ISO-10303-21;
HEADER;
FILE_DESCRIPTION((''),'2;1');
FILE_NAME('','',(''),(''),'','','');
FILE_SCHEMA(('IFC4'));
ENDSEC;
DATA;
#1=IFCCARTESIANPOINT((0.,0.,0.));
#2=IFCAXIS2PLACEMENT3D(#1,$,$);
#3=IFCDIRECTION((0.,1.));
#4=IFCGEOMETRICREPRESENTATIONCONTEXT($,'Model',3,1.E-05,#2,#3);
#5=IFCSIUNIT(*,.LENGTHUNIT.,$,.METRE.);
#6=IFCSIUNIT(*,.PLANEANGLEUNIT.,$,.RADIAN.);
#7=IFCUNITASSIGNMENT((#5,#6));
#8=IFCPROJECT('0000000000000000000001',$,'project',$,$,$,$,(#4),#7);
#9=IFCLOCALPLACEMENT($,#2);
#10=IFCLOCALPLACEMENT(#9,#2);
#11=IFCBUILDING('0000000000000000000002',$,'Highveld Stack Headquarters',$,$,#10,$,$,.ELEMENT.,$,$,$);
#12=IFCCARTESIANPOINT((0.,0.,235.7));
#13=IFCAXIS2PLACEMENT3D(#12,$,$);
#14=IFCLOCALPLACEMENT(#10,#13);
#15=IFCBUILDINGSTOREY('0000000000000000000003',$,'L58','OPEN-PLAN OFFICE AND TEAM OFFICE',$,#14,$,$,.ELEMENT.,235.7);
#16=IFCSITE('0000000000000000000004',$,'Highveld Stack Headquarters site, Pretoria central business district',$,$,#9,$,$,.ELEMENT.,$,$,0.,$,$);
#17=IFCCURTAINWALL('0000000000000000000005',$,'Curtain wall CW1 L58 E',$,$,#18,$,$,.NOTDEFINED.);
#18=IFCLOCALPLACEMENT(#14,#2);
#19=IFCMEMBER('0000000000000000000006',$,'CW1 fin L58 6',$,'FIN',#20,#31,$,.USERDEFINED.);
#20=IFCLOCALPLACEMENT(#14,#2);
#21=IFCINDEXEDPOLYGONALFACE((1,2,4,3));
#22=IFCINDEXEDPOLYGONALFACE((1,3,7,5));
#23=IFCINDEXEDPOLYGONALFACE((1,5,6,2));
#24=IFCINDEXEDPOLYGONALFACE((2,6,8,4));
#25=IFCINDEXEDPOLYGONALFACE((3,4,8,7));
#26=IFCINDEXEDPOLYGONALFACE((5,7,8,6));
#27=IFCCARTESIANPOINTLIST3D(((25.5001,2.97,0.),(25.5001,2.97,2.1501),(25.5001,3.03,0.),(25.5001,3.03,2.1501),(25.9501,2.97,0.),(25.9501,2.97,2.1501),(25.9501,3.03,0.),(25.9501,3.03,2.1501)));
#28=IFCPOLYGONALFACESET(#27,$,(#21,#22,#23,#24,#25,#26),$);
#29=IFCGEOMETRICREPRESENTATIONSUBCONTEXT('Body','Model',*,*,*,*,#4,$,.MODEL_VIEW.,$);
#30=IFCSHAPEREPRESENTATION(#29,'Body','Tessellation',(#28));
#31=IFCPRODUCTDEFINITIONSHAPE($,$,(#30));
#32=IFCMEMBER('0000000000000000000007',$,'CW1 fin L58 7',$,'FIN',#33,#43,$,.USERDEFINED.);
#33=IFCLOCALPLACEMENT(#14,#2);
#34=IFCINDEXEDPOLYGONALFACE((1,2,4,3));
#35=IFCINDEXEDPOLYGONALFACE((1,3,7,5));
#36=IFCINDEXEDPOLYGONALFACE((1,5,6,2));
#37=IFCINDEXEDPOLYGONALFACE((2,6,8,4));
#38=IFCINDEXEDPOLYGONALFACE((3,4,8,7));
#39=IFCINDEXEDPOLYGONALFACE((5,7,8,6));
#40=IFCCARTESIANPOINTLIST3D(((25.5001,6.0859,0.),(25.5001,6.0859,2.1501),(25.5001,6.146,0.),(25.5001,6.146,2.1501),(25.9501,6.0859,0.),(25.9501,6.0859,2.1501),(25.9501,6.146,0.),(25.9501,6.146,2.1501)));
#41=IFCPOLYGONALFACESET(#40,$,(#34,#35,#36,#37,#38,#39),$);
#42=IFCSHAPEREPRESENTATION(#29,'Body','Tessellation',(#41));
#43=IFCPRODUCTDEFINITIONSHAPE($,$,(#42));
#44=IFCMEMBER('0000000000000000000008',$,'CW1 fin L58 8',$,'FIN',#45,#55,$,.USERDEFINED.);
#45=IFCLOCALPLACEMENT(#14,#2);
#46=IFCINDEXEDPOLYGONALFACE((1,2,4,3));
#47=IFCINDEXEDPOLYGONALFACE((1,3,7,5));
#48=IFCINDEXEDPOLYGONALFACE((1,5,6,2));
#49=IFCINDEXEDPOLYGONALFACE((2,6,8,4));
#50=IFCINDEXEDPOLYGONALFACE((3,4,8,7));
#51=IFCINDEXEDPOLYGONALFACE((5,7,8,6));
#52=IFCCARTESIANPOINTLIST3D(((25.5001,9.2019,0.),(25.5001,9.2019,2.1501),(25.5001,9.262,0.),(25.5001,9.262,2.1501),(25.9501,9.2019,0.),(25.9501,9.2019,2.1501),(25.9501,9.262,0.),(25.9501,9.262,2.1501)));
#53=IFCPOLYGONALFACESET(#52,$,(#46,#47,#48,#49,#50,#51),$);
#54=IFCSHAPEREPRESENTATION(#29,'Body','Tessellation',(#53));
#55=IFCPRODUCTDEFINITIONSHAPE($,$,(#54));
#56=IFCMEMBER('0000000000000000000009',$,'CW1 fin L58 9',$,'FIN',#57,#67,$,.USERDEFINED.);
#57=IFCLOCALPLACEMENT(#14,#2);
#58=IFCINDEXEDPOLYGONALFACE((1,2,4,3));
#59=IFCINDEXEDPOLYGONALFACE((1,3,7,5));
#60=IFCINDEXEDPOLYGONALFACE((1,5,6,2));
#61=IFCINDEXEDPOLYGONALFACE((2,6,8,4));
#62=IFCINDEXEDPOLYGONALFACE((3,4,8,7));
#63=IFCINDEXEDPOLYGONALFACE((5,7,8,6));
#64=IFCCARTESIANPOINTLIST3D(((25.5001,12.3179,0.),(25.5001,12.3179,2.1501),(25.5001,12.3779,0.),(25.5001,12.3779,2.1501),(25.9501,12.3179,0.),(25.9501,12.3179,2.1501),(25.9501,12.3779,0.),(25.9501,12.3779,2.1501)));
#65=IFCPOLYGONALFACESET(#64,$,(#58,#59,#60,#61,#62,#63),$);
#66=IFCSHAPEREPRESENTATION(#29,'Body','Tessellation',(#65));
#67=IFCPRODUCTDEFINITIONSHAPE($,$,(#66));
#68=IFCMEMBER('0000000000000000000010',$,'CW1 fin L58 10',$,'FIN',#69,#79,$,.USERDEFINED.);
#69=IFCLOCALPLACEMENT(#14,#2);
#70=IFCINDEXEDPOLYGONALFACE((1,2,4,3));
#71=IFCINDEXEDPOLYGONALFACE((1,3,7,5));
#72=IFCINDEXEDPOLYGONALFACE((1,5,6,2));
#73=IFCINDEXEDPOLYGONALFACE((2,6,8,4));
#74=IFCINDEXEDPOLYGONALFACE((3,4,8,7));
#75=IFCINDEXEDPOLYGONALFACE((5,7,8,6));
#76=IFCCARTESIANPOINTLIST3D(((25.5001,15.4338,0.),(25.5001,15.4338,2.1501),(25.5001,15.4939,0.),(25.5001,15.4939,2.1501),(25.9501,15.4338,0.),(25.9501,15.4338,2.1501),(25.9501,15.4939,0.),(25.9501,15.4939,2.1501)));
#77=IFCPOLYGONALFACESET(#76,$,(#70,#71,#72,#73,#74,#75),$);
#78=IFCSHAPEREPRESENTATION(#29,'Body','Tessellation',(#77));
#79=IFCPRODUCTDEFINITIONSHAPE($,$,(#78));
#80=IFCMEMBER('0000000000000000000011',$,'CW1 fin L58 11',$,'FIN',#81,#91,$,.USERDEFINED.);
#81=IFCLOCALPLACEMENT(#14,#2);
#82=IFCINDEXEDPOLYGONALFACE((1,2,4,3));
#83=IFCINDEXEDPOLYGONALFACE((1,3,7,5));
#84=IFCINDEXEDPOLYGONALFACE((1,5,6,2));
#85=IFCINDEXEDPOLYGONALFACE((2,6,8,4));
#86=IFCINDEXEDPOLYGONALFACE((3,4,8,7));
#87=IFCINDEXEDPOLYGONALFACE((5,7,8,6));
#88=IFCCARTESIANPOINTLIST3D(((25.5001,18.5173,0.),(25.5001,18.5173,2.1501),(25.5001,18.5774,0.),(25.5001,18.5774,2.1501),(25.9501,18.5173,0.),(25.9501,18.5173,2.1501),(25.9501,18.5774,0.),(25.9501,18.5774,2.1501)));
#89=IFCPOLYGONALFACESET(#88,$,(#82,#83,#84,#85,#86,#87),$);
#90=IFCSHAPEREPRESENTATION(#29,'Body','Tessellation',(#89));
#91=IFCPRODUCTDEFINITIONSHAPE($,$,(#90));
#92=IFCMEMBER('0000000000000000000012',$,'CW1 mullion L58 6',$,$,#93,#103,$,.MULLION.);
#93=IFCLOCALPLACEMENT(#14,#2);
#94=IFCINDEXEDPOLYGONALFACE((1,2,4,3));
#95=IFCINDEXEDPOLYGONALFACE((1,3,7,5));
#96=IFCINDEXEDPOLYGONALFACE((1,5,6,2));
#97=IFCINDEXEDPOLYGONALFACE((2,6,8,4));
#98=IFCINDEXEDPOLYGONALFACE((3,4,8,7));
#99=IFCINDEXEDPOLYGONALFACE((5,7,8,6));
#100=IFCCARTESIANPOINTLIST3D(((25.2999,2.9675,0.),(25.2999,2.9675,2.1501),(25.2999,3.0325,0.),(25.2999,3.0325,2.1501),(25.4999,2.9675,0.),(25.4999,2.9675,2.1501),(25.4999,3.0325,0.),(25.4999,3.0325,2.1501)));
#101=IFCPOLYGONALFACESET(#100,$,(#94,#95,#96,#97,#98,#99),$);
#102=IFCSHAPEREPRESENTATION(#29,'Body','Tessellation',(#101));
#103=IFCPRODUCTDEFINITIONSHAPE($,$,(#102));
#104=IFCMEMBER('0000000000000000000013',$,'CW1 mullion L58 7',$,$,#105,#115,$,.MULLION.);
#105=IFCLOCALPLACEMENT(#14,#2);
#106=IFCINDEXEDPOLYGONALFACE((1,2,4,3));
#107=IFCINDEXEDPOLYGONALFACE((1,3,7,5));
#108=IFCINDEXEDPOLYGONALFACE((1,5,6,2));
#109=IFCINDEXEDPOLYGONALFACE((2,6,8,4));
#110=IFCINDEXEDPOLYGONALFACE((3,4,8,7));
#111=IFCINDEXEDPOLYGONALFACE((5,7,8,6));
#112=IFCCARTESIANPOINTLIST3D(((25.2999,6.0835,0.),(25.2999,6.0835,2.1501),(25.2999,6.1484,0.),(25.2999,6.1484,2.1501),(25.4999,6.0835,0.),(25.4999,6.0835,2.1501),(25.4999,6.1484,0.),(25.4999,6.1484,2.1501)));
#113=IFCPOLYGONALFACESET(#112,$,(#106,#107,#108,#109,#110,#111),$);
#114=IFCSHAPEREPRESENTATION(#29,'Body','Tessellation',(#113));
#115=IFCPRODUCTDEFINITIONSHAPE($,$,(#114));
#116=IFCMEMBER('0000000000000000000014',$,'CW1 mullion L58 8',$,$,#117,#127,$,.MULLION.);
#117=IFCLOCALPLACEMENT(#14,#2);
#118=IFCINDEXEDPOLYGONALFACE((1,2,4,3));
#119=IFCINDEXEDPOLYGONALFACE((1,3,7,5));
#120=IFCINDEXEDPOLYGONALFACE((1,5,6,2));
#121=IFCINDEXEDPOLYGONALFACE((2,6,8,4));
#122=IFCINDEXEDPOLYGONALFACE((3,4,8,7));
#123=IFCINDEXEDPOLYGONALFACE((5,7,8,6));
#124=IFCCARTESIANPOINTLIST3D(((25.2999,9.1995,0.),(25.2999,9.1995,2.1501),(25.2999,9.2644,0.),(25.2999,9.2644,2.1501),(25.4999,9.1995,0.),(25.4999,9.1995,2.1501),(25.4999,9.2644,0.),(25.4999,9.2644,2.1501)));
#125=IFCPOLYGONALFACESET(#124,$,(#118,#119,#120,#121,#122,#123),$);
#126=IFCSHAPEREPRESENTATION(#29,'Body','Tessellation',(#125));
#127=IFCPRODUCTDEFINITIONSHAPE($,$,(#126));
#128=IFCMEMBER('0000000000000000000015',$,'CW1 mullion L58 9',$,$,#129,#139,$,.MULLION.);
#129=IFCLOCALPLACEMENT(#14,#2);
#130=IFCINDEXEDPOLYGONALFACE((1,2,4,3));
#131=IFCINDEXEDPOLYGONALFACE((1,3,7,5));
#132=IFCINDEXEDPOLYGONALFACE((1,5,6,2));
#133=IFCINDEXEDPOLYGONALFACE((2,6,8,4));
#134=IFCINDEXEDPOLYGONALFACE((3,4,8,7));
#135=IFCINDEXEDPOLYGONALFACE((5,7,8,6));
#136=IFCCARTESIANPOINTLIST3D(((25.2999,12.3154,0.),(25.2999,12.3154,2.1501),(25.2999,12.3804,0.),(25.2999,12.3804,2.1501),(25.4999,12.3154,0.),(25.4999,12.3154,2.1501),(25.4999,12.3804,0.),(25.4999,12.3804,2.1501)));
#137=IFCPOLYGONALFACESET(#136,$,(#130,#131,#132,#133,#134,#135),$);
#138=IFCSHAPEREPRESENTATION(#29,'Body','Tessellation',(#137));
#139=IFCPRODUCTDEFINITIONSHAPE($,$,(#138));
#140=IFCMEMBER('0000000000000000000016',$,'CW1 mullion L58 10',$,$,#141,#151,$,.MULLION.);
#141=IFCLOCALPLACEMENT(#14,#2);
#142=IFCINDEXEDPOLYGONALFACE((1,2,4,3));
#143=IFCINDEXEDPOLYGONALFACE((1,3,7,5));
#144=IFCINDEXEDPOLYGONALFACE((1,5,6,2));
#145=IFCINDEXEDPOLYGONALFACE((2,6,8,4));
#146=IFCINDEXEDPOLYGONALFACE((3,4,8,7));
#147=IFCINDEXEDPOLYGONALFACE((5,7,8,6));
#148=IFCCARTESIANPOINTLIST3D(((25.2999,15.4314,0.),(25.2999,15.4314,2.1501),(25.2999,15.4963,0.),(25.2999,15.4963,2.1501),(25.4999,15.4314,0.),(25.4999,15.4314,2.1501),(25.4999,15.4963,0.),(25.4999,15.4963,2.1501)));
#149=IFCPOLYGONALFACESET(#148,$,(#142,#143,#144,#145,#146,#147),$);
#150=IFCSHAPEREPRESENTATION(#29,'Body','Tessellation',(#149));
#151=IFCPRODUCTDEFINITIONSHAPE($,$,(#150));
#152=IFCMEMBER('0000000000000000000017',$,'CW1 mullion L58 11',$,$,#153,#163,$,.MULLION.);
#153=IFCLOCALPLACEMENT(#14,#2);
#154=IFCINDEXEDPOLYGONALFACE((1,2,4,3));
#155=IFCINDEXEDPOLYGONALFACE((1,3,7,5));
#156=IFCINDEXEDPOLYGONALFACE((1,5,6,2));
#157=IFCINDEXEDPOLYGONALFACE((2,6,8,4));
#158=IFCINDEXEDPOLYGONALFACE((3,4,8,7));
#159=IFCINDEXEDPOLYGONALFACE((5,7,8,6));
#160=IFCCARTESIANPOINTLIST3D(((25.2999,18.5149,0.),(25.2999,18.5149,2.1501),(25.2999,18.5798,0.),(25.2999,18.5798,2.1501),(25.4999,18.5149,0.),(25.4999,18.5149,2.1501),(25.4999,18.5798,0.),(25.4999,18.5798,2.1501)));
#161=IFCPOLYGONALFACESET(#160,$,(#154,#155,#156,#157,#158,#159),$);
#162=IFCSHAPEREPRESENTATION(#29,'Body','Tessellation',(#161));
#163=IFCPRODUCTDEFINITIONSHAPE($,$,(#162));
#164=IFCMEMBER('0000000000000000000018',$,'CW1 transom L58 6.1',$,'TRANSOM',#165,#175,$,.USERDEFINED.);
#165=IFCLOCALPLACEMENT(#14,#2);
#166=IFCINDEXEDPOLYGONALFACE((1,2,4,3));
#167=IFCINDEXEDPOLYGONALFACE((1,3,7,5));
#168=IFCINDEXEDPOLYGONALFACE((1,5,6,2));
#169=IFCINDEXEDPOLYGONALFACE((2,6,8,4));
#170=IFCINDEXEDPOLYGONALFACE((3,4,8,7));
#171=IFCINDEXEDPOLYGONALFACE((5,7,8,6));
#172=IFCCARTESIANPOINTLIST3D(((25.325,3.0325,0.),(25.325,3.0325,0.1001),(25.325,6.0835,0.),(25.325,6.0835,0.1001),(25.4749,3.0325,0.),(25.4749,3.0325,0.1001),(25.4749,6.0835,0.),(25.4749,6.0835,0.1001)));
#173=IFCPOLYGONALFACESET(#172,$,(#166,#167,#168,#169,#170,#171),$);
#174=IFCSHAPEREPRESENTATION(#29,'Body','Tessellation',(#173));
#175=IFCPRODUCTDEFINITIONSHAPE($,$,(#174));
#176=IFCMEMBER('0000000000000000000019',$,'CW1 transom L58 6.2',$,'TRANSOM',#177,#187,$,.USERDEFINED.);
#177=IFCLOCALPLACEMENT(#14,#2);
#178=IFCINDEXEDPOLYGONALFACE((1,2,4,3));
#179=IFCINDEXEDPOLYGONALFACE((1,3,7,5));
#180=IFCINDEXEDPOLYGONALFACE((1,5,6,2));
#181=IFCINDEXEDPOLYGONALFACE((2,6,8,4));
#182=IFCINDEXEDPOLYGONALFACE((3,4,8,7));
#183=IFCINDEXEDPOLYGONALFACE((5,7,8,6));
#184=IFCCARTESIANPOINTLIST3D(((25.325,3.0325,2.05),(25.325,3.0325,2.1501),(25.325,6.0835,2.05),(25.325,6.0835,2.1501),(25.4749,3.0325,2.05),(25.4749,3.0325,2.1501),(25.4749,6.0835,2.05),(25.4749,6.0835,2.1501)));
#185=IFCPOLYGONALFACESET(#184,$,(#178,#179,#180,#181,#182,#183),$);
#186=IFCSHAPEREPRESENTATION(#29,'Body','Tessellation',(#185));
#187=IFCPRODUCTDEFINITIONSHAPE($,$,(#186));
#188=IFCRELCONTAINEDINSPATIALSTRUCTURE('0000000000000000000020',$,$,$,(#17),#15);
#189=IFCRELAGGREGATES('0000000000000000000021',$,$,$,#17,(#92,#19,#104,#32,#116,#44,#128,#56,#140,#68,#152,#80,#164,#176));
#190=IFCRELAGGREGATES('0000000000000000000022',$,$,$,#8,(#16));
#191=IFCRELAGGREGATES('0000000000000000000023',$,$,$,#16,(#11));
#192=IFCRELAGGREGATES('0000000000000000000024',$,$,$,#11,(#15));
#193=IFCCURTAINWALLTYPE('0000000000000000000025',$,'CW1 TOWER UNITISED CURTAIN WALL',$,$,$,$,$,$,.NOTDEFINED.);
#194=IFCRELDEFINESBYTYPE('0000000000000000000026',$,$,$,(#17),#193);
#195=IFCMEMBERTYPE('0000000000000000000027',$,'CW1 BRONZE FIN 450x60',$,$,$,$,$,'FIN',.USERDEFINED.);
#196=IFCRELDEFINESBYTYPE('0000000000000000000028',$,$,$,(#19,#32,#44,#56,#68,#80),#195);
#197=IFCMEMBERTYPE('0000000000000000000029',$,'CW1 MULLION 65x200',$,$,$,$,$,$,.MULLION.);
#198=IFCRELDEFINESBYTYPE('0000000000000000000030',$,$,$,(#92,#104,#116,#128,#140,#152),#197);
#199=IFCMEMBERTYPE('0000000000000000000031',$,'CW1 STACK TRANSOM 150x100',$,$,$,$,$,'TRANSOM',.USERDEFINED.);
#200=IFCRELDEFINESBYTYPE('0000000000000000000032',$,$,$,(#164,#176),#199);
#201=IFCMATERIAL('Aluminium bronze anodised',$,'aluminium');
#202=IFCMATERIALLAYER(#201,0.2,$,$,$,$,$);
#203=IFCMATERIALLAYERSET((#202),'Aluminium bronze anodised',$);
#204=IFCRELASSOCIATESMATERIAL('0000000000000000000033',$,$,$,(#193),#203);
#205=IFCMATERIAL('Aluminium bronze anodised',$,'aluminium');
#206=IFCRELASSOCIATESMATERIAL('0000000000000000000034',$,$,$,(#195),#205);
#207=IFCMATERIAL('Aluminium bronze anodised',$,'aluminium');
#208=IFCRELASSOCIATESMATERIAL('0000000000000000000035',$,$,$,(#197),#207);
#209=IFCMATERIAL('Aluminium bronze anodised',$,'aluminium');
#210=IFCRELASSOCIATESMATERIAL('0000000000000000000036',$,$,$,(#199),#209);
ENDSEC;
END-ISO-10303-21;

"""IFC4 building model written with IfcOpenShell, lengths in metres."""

from ifc_helpers import new_model, si_unit, direction, frame, origin, origin_2d, place, context, subcontext, project, spatial, rectangle, extrude, material, layer, layer_set, material_profile, profile_set, type_object, element, aggregate, save


model = new_model("IFC4")

# Units and contexts
model_context = context("Model", 3, precision=1e-05, world=origin(), true_north=direction((0.0, 1.0)))
body_context = subcontext(model_context, "Body", "Model", "MODEL_VIEW")
ifc_project = project(units=[si_unit("LENGTHUNIT", "METRE"), si_unit("PLANEANGLEUNIT", "RADIAN")], contexts=[model_context])

# Site, building, storey
site_placement = place(None, origin())
site = spatial("IfcSite", under=ifc_project, at=site_placement, Name="Highveld Stack Headquarters site, Pretoria central business district", CompositionType="ELEMENT", RefElevation=0.0)
building_placement = place(site_placement, origin())
building = spatial("IfcBuilding", under=site, at=building_placement, Name="Highveld Stack Headquarters", CompositionType="ELEMENT")
storey_placement = place(building_placement, frame((0.0, 0.0, 235.7)))
storey = spatial("IfcBuildingStorey", under=building, at=storey_placement, Name="L58", Description="OPEN-PLAN OFFICE AND TEAM OFFICE", CompositionType="ELEMENT", Elevation=235.7)

# Curtain wall, members
ifc_material_1 = material(Name="Aluminium bronze anodised", Category="aluminium")
ifc_layer_1 = layer(ifc_material_1, 0.2)
ifc_layer_set_1 = layer_set([ifc_layer_1], Name="Aluminium bronze anodised")
curtain_wall_type = type_object("IfcCurtainWallType", Name="CW1 TOWER UNITISED CURTAIN WALL", PredefinedType="NOTDEFINED", material=ifc_layer_set_1)
curtain_wall_placement = place(storey_placement, origin())
curtain_wall = element("IfcCurtainWall", 1, at=curtain_wall_placement, inside=storey, type_object=curtain_wall_type, Name="Curtain wall CW1 L58 E", PredefinedType="NOTDEFINED")
ifc_material_2 = material(Name="Aluminium bronze anodised", Category="aluminium")
ifc_material_profile_1 = material_profile(ifc_material_2, rectangle(XDim=0.45, YDim=0.0601, at=origin_2d()), Name="FIN 450x60")
ifc_profile_set_1 = profile_set([ifc_material_profile_1], Name="Aluminium bronze anodised")
member_type_1 = type_object("IfcMemberType", Name="CW1 BRONZE FIN 450x60", ElementType="FIN", PredefinedType="USERDEFINED", material=ifc_profile_set_1)
member_1_placement = place(storey_placement, frame((25.7251, 3.0, 0.0), z_axis=(0.0, 0.0, 1.0), x_axis=(-1.0, 0.0, 0.0)))
member_1 = element("IfcMember", 2, at=member_1_placement, type_object=member_type_1, Name="CW1 fin L58 6", ObjectType="FIN", PredefinedType="USERDEFINED", context=body_context, shape_type="SweptSolid", body=[
    extrude(rectangle(XDim=0.45, YDim=0.0601, at=origin_2d()), origin(), (0.0, 0.0, 1.0), 2.1501),
])
member_2_placement = place(storey_placement, frame((25.7251, 6.116, 0.0), z_axis=(0.0, 0.0, 1.0), x_axis=(-1.0, 0.0, 0.0)))
member_2 = element("IfcMember", 3, at=member_2_placement, type_object=member_type_1, Name="CW1 fin L58 7", ObjectType="FIN", PredefinedType="USERDEFINED", context=body_context, shape_type="SweptSolid", body=[
    extrude(rectangle(XDim=0.45, YDim=0.0601, at=origin_2d()), origin(), (0.0, 0.0, 1.0), 2.1501),
])
member_3_placement = place(storey_placement, frame((25.7251, 9.2319, 0.0), z_axis=(0.0, 0.0, 1.0), x_axis=(-1.0, 0.0, 0.0)))
member_3 = element("IfcMember", 4, at=member_3_placement, type_object=member_type_1, Name="CW1 fin L58 8", ObjectType="FIN", PredefinedType="USERDEFINED", context=body_context, shape_type="SweptSolid", body=[
    extrude(rectangle(XDim=0.45, YDim=0.0601, at=origin_2d()), origin(), (0.0, 0.0, 1.0), 2.1501),
])
member_4_placement = place(storey_placement, frame((25.7251, 12.3479, 0.0), z_axis=(0.0, 0.0, 1.0), x_axis=(-1.0, 0.0, 0.0)))
member_4 = element("IfcMember", 5, at=member_4_placement, type_object=member_type_1, Name="CW1 fin L58 9", ObjectType="FIN", PredefinedType="USERDEFINED", context=body_context, shape_type="SweptSolid", body=[
    extrude(rectangle(XDim=0.45, YDim=0.0601, at=origin_2d()), origin(), (0.0, 0.0, 1.0), 2.1501),
])
member_5_placement = place(storey_placement, frame((25.7251, 15.4639, 0.0), z_axis=(0.0, 0.0, 1.0), x_axis=(-1.0, 0.0, 0.0)))
member_5 = element("IfcMember", 6, at=member_5_placement, type_object=member_type_1, Name="CW1 fin L58 10", ObjectType="FIN", PredefinedType="USERDEFINED", context=body_context, shape_type="SweptSolid", body=[
    extrude(rectangle(XDim=0.45, YDim=0.0601, at=origin_2d()), origin(), (0.0, 0.0, 1.0), 2.1501),
])
member_6_placement = place(storey_placement, frame((25.7251, 18.5474, 0.0), z_axis=(0.0, 0.0, 1.0), x_axis=(-1.0, 0.0, 0.0)))
member_6 = element("IfcMember", 7, at=member_6_placement, type_object=member_type_1, Name="CW1 fin L58 11", ObjectType="FIN", PredefinedType="USERDEFINED", context=body_context, shape_type="SweptSolid", body=[
    extrude(rectangle(XDim=0.45, YDim=0.0601, at=origin_2d()), origin(), (0.0, 0.0, 1.0), 2.1501),
])
ifc_material_3 = material(Name="Aluminium bronze anodised", Category="aluminium")
ifc_material_profile_2 = material_profile(ifc_material_3, rectangle(XDim=0.2, YDim=0.0649, at=origin_2d()), Name="CW1 MULLION 65x200")
ifc_profile_set_2 = profile_set([ifc_material_profile_2], Name="Aluminium bronze anodised")
member_type_2 = type_object("IfcMemberType", Name="CW1 MULLION 65x200", PredefinedType="MULLION", material=ifc_profile_set_2)
member_7_placement = place(storey_placement, frame((25.3999, 3.0, 0.0), z_axis=(0.0, 0.0, 1.0), x_axis=(-1.0, 0.0, 0.0)))
member_7 = element("IfcMember", 8, at=member_7_placement, type_object=member_type_2, Name="CW1 mullion L58 6", PredefinedType="MULLION", context=body_context, shape_type="SweptSolid", body=[
    extrude(rectangle(XDim=0.2, YDim=0.0649, at=origin_2d()), origin(), (0.0, 0.0, 1.0), 2.1501),
])
member_8_placement = place(storey_placement, frame((25.3999, 6.116, 0.0), z_axis=(0.0, 0.0, 1.0), x_axis=(-1.0, 0.0, 0.0)))
member_8 = element("IfcMember", 9, at=member_8_placement, type_object=member_type_2, Name="CW1 mullion L58 7", PredefinedType="MULLION", context=body_context, shape_type="SweptSolid", body=[
    extrude(rectangle(XDim=0.2, YDim=0.0649, at=origin_2d()), origin(), (0.0, 0.0, 1.0), 2.1501),
])
member_9_placement = place(storey_placement, frame((25.3999, 9.2319, 0.0), z_axis=(0.0, 0.0, 1.0), x_axis=(-1.0, 0.0, 0.0)))
member_9 = element("IfcMember", 10, at=member_9_placement, type_object=member_type_2, Name="CW1 mullion L58 8", PredefinedType="MULLION", context=body_context, shape_type="SweptSolid", body=[
    extrude(rectangle(XDim=0.2, YDim=0.0649, at=origin_2d()), origin(), (0.0, 0.0, 1.0), 2.1501),
])
member_10_placement = place(storey_placement, frame((25.3999, 12.3479, 0.0), z_axis=(0.0, 0.0, 1.0), x_axis=(-1.0, 0.0, 0.0)))
member_10 = element("IfcMember", 11, at=member_10_placement, type_object=member_type_2, Name="CW1 mullion L58 9", PredefinedType="MULLION", context=body_context, shape_type="SweptSolid", body=[
    extrude(rectangle(XDim=0.2, YDim=0.0649, at=origin_2d()), origin(), (0.0, 0.0, 1.0), 2.1501),
])
member_11_placement = place(storey_placement, frame((25.3999, 15.4639, 0.0), z_axis=(0.0, 0.0, 1.0), x_axis=(-1.0, 0.0, 0.0)))
member_11 = element("IfcMember", 12, at=member_11_placement, type_object=member_type_2, Name="CW1 mullion L58 10", PredefinedType="MULLION", context=body_context, shape_type="SweptSolid", body=[
    extrude(rectangle(XDim=0.2, YDim=0.0649, at=origin_2d()), origin(), (0.0, 0.0, 1.0), 2.1501),
])
member_12_placement = place(storey_placement, frame((25.3999, 18.5474, 0.0), z_axis=(0.0, 0.0, 1.0), x_axis=(-1.0, 0.0, 0.0)))
member_12 = element("IfcMember", 13, at=member_12_placement, type_object=member_type_2, Name="CW1 mullion L58 11", PredefinedType="MULLION", context=body_context, shape_type="SweptSolid", body=[
    extrude(rectangle(XDim=0.2, YDim=0.0649, at=origin_2d()), origin(), (0.0, 0.0, 1.0), 2.1501),
])
ifc_material_4 = material(Name="Aluminium bronze anodised", Category="aluminium")
ifc_material_profile_3 = material_profile(ifc_material_4, rectangle(XDim=0.1499, YDim=0.1001, at=origin_2d()), Name="CW1 TRANSOM 150x100")
ifc_profile_set_3 = profile_set([ifc_material_profile_3], Name="Aluminium bronze anodised")
member_type_3 = type_object("IfcMemberType", Name="CW1 STACK TRANSOM 150x100", ElementType="TRANSOM", PredefinedType="USERDEFINED", material=ifc_profile_set_3)
member_13_placement = place(storey_placement, frame((25.3999, 3.0325, 0.05), z_axis=(0.0, 1.0, 0.0), x_axis=(-1.0, 0.0, 0.0)))
member_13 = element("IfcMember", 14, at=member_13_placement, type_object=member_type_3, Name="CW1 transom L58 6.1", ObjectType="TRANSOM", PredefinedType="USERDEFINED", context=body_context, shape_type="SweptSolid", body=[
    extrude(rectangle(XDim=0.1499, YDim=0.1001, at=origin_2d()), origin(), (0.0, 0.0, 1.0), 3.051),
])
member_14_placement = place(storey_placement, frame((25.3999, 3.0325, 2.1001), z_axis=(0.0, 1.0, 0.0), x_axis=(-1.0, 0.0, 0.0)))
member_14 = element("IfcMember", 15, at=member_14_placement, type_object=member_type_3, Name="CW1 transom L58 6.2", ObjectType="TRANSOM", PredefinedType="USERDEFINED", context=body_context, shape_type="SweptSolid", body=[
    extrude(rectangle(XDim=0.1499, YDim=0.1001, at=origin_2d()), origin(), (0.0, 0.0, 1.0), 3.051),
])
aggregate(curtain_wall, [member_7, member_1, member_8, member_2, member_9, member_3, member_10, member_4, member_11, member_5, member_12, member_6, member_13, member_14])

save(model, "model.ifc")
